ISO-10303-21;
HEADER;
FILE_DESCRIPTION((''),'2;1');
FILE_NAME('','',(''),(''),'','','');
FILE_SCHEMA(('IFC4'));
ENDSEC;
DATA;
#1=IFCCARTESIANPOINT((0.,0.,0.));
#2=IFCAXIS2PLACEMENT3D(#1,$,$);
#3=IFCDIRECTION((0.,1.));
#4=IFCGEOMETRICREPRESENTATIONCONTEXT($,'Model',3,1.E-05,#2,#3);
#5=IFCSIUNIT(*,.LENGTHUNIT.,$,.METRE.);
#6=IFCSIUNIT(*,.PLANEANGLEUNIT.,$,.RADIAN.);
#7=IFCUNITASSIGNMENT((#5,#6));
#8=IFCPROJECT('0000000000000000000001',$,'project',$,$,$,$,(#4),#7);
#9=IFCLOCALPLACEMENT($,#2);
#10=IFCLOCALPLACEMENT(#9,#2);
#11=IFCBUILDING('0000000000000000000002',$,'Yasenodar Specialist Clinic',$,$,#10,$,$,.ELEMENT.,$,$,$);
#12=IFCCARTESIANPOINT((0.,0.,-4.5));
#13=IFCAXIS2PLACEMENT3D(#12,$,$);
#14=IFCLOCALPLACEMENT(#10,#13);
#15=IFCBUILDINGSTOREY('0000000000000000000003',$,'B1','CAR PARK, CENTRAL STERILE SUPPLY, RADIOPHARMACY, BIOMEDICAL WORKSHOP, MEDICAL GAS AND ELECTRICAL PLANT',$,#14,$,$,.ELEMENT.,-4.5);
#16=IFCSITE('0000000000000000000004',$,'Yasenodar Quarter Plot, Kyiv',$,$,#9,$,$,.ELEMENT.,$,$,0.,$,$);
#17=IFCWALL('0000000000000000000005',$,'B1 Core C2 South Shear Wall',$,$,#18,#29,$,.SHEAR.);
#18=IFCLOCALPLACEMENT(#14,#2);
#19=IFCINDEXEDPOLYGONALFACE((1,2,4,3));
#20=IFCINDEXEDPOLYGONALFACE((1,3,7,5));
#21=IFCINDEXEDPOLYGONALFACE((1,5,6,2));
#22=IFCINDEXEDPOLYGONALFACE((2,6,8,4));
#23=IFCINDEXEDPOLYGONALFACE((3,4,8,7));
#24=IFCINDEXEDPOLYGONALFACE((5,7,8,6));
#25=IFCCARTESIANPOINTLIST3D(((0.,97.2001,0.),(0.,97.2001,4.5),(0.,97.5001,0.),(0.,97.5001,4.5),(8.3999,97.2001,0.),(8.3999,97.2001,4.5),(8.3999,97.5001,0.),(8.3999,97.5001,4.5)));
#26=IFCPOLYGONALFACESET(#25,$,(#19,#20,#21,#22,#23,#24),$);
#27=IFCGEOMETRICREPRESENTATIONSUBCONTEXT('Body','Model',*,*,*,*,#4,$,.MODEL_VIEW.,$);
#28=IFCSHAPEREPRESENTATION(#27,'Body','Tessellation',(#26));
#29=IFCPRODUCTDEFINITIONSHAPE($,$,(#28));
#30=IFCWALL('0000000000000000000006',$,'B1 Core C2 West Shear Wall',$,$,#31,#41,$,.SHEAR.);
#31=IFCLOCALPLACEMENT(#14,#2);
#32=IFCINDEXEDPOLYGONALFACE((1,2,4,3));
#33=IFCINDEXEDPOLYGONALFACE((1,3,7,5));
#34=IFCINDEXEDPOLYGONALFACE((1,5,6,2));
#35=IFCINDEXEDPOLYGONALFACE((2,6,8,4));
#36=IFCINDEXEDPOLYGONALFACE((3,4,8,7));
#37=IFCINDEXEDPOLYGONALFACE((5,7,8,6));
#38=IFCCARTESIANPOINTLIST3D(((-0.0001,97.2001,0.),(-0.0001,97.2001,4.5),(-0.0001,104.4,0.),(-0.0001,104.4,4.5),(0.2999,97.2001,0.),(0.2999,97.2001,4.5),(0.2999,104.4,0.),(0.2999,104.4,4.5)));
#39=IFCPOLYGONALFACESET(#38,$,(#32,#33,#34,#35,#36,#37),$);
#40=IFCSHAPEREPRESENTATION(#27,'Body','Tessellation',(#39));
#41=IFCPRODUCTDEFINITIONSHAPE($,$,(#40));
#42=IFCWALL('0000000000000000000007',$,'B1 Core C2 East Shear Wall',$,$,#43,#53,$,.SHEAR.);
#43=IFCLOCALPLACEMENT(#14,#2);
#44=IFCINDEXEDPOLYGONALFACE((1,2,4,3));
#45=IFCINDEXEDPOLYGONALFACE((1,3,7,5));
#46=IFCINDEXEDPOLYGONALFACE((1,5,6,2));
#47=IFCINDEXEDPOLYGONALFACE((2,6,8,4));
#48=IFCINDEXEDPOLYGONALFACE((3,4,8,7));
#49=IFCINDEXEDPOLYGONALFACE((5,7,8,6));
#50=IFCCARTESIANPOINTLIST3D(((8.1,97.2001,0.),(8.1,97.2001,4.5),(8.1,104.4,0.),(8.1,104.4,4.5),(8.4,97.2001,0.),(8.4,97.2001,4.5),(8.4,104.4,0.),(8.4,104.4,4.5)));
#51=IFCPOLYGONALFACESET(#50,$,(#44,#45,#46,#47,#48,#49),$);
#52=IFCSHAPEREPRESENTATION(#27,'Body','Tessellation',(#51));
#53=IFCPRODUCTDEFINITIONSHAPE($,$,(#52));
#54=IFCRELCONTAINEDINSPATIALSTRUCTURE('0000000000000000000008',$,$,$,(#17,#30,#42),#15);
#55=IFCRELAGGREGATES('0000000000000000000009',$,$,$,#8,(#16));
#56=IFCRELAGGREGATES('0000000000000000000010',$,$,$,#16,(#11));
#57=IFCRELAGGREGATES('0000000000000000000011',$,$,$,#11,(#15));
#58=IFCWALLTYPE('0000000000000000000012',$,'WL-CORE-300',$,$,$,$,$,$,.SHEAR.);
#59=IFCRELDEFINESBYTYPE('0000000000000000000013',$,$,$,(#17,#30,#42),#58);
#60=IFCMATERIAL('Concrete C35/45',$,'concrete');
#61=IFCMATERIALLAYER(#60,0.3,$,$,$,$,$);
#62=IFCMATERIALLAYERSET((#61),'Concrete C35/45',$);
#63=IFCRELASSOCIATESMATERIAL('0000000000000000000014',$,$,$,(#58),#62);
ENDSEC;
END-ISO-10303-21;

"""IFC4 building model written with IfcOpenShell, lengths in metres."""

from ifc_helpers import new_model, si_unit, direction, frame, frame_2d, origin, place, context, subcontext, project, spatial, rectangle, extrude, material, layer, layer_set, type_object, element, save


model = new_model("IFC4")

# Units and contexts
model_context = context("Model", 3, precision=1e-05, world=origin(), true_north=direction((0.0, 1.0)))
body_context = subcontext(model_context, "Body", "Model", "MODEL_VIEW")
ifc_project = project(units=[si_unit("LENGTHUNIT", "METRE"), si_unit("PLANEANGLEUNIT", "RADIAN")], contexts=[model_context])

# Site, building, storey
site_placement = place(None, origin())
site = spatial("IfcSite", under=ifc_project, at=site_placement, Name="Yasenodar Quarter Plot, Kyiv", CompositionType="ELEMENT", RefElevation=0.0)
building_placement = place(site_placement, origin())
building = spatial("IfcBuilding", under=site, at=building_placement, Name="Yasenodar Specialist Clinic", CompositionType="ELEMENT")
storey_placement = place(building_placement, frame((0.0, 0.0, -4.5)))
storey = spatial("IfcBuildingStorey", under=building, at=storey_placement, Name="B1", Description="CAR PARK, CENTRAL STERILE SUPPLY, RADIOPHARMACY, BIOMEDICAL WORKSHOP, MEDICAL GAS AND ELECTRICAL PLANT", CompositionType="ELEMENT", Elevation=-4.5)

# Shared definitions
ifc_material_1 = material(Name="Concrete C35/45", Category="concrete")

# Walls
ifc_layer = layer(ifc_material_1, 0.3)
ifc_layer_set = layer_set([ifc_layer], Name="Concrete C35/45")
wall_type = type_object("IfcWallType", Name="WL-CORE-300", PredefinedType="SHEAR", material=ifc_layer_set)
wall_placement = place(storey_placement, frame((0.0, 97.3501, 0.0), z_axis=(0.0, 0.0, 1.0), x_axis=(1.0, 0.0, 0.0)))
element("IfcWall", 1, at=wall_placement, inside=storey, type_object=wall_type, Name="B1 Core C2 South Shear Wall", PredefinedType="SHEAR", context=body_context, shape_type="SweptSolid", body=[
    extrude(rectangle(XDim=8.3999, YDim=0.3, at=frame_2d((4.2, 0.0))), origin(), (0.0, 0.0, 1.0), 4.5),
])
for number, where, z_axis, x_axis, name in (
    (2, (0.1499, 97.2, 0.0), (0.0, 0.0, 1.0), (0.0, 1.0, 0.0), "B1 Core C2 West Shear Wall"),
    (3, (8.25, 97.2, 0.0), (0.0, 0.0, 1.0), (0.0, 1.0, 0.0), "B1 Core C2 East Shear Wall"),
):
    element("IfcWall", number, at=place(storey_placement, frame(where, z_axis=z_axis, x_axis=x_axis)), inside=storey, type_object=wall_type, Name=name, PredefinedType="SHEAR", context=body_context, shape_type="SweptSolid", body=[
        extrude(rectangle(XDim=7.2, YDim=0.3, at=frame_2d((3.6001, 0.0))), origin(), (0.0, 0.0, 1.0), 4.5),
    ])

save(model, "model.ifc")
